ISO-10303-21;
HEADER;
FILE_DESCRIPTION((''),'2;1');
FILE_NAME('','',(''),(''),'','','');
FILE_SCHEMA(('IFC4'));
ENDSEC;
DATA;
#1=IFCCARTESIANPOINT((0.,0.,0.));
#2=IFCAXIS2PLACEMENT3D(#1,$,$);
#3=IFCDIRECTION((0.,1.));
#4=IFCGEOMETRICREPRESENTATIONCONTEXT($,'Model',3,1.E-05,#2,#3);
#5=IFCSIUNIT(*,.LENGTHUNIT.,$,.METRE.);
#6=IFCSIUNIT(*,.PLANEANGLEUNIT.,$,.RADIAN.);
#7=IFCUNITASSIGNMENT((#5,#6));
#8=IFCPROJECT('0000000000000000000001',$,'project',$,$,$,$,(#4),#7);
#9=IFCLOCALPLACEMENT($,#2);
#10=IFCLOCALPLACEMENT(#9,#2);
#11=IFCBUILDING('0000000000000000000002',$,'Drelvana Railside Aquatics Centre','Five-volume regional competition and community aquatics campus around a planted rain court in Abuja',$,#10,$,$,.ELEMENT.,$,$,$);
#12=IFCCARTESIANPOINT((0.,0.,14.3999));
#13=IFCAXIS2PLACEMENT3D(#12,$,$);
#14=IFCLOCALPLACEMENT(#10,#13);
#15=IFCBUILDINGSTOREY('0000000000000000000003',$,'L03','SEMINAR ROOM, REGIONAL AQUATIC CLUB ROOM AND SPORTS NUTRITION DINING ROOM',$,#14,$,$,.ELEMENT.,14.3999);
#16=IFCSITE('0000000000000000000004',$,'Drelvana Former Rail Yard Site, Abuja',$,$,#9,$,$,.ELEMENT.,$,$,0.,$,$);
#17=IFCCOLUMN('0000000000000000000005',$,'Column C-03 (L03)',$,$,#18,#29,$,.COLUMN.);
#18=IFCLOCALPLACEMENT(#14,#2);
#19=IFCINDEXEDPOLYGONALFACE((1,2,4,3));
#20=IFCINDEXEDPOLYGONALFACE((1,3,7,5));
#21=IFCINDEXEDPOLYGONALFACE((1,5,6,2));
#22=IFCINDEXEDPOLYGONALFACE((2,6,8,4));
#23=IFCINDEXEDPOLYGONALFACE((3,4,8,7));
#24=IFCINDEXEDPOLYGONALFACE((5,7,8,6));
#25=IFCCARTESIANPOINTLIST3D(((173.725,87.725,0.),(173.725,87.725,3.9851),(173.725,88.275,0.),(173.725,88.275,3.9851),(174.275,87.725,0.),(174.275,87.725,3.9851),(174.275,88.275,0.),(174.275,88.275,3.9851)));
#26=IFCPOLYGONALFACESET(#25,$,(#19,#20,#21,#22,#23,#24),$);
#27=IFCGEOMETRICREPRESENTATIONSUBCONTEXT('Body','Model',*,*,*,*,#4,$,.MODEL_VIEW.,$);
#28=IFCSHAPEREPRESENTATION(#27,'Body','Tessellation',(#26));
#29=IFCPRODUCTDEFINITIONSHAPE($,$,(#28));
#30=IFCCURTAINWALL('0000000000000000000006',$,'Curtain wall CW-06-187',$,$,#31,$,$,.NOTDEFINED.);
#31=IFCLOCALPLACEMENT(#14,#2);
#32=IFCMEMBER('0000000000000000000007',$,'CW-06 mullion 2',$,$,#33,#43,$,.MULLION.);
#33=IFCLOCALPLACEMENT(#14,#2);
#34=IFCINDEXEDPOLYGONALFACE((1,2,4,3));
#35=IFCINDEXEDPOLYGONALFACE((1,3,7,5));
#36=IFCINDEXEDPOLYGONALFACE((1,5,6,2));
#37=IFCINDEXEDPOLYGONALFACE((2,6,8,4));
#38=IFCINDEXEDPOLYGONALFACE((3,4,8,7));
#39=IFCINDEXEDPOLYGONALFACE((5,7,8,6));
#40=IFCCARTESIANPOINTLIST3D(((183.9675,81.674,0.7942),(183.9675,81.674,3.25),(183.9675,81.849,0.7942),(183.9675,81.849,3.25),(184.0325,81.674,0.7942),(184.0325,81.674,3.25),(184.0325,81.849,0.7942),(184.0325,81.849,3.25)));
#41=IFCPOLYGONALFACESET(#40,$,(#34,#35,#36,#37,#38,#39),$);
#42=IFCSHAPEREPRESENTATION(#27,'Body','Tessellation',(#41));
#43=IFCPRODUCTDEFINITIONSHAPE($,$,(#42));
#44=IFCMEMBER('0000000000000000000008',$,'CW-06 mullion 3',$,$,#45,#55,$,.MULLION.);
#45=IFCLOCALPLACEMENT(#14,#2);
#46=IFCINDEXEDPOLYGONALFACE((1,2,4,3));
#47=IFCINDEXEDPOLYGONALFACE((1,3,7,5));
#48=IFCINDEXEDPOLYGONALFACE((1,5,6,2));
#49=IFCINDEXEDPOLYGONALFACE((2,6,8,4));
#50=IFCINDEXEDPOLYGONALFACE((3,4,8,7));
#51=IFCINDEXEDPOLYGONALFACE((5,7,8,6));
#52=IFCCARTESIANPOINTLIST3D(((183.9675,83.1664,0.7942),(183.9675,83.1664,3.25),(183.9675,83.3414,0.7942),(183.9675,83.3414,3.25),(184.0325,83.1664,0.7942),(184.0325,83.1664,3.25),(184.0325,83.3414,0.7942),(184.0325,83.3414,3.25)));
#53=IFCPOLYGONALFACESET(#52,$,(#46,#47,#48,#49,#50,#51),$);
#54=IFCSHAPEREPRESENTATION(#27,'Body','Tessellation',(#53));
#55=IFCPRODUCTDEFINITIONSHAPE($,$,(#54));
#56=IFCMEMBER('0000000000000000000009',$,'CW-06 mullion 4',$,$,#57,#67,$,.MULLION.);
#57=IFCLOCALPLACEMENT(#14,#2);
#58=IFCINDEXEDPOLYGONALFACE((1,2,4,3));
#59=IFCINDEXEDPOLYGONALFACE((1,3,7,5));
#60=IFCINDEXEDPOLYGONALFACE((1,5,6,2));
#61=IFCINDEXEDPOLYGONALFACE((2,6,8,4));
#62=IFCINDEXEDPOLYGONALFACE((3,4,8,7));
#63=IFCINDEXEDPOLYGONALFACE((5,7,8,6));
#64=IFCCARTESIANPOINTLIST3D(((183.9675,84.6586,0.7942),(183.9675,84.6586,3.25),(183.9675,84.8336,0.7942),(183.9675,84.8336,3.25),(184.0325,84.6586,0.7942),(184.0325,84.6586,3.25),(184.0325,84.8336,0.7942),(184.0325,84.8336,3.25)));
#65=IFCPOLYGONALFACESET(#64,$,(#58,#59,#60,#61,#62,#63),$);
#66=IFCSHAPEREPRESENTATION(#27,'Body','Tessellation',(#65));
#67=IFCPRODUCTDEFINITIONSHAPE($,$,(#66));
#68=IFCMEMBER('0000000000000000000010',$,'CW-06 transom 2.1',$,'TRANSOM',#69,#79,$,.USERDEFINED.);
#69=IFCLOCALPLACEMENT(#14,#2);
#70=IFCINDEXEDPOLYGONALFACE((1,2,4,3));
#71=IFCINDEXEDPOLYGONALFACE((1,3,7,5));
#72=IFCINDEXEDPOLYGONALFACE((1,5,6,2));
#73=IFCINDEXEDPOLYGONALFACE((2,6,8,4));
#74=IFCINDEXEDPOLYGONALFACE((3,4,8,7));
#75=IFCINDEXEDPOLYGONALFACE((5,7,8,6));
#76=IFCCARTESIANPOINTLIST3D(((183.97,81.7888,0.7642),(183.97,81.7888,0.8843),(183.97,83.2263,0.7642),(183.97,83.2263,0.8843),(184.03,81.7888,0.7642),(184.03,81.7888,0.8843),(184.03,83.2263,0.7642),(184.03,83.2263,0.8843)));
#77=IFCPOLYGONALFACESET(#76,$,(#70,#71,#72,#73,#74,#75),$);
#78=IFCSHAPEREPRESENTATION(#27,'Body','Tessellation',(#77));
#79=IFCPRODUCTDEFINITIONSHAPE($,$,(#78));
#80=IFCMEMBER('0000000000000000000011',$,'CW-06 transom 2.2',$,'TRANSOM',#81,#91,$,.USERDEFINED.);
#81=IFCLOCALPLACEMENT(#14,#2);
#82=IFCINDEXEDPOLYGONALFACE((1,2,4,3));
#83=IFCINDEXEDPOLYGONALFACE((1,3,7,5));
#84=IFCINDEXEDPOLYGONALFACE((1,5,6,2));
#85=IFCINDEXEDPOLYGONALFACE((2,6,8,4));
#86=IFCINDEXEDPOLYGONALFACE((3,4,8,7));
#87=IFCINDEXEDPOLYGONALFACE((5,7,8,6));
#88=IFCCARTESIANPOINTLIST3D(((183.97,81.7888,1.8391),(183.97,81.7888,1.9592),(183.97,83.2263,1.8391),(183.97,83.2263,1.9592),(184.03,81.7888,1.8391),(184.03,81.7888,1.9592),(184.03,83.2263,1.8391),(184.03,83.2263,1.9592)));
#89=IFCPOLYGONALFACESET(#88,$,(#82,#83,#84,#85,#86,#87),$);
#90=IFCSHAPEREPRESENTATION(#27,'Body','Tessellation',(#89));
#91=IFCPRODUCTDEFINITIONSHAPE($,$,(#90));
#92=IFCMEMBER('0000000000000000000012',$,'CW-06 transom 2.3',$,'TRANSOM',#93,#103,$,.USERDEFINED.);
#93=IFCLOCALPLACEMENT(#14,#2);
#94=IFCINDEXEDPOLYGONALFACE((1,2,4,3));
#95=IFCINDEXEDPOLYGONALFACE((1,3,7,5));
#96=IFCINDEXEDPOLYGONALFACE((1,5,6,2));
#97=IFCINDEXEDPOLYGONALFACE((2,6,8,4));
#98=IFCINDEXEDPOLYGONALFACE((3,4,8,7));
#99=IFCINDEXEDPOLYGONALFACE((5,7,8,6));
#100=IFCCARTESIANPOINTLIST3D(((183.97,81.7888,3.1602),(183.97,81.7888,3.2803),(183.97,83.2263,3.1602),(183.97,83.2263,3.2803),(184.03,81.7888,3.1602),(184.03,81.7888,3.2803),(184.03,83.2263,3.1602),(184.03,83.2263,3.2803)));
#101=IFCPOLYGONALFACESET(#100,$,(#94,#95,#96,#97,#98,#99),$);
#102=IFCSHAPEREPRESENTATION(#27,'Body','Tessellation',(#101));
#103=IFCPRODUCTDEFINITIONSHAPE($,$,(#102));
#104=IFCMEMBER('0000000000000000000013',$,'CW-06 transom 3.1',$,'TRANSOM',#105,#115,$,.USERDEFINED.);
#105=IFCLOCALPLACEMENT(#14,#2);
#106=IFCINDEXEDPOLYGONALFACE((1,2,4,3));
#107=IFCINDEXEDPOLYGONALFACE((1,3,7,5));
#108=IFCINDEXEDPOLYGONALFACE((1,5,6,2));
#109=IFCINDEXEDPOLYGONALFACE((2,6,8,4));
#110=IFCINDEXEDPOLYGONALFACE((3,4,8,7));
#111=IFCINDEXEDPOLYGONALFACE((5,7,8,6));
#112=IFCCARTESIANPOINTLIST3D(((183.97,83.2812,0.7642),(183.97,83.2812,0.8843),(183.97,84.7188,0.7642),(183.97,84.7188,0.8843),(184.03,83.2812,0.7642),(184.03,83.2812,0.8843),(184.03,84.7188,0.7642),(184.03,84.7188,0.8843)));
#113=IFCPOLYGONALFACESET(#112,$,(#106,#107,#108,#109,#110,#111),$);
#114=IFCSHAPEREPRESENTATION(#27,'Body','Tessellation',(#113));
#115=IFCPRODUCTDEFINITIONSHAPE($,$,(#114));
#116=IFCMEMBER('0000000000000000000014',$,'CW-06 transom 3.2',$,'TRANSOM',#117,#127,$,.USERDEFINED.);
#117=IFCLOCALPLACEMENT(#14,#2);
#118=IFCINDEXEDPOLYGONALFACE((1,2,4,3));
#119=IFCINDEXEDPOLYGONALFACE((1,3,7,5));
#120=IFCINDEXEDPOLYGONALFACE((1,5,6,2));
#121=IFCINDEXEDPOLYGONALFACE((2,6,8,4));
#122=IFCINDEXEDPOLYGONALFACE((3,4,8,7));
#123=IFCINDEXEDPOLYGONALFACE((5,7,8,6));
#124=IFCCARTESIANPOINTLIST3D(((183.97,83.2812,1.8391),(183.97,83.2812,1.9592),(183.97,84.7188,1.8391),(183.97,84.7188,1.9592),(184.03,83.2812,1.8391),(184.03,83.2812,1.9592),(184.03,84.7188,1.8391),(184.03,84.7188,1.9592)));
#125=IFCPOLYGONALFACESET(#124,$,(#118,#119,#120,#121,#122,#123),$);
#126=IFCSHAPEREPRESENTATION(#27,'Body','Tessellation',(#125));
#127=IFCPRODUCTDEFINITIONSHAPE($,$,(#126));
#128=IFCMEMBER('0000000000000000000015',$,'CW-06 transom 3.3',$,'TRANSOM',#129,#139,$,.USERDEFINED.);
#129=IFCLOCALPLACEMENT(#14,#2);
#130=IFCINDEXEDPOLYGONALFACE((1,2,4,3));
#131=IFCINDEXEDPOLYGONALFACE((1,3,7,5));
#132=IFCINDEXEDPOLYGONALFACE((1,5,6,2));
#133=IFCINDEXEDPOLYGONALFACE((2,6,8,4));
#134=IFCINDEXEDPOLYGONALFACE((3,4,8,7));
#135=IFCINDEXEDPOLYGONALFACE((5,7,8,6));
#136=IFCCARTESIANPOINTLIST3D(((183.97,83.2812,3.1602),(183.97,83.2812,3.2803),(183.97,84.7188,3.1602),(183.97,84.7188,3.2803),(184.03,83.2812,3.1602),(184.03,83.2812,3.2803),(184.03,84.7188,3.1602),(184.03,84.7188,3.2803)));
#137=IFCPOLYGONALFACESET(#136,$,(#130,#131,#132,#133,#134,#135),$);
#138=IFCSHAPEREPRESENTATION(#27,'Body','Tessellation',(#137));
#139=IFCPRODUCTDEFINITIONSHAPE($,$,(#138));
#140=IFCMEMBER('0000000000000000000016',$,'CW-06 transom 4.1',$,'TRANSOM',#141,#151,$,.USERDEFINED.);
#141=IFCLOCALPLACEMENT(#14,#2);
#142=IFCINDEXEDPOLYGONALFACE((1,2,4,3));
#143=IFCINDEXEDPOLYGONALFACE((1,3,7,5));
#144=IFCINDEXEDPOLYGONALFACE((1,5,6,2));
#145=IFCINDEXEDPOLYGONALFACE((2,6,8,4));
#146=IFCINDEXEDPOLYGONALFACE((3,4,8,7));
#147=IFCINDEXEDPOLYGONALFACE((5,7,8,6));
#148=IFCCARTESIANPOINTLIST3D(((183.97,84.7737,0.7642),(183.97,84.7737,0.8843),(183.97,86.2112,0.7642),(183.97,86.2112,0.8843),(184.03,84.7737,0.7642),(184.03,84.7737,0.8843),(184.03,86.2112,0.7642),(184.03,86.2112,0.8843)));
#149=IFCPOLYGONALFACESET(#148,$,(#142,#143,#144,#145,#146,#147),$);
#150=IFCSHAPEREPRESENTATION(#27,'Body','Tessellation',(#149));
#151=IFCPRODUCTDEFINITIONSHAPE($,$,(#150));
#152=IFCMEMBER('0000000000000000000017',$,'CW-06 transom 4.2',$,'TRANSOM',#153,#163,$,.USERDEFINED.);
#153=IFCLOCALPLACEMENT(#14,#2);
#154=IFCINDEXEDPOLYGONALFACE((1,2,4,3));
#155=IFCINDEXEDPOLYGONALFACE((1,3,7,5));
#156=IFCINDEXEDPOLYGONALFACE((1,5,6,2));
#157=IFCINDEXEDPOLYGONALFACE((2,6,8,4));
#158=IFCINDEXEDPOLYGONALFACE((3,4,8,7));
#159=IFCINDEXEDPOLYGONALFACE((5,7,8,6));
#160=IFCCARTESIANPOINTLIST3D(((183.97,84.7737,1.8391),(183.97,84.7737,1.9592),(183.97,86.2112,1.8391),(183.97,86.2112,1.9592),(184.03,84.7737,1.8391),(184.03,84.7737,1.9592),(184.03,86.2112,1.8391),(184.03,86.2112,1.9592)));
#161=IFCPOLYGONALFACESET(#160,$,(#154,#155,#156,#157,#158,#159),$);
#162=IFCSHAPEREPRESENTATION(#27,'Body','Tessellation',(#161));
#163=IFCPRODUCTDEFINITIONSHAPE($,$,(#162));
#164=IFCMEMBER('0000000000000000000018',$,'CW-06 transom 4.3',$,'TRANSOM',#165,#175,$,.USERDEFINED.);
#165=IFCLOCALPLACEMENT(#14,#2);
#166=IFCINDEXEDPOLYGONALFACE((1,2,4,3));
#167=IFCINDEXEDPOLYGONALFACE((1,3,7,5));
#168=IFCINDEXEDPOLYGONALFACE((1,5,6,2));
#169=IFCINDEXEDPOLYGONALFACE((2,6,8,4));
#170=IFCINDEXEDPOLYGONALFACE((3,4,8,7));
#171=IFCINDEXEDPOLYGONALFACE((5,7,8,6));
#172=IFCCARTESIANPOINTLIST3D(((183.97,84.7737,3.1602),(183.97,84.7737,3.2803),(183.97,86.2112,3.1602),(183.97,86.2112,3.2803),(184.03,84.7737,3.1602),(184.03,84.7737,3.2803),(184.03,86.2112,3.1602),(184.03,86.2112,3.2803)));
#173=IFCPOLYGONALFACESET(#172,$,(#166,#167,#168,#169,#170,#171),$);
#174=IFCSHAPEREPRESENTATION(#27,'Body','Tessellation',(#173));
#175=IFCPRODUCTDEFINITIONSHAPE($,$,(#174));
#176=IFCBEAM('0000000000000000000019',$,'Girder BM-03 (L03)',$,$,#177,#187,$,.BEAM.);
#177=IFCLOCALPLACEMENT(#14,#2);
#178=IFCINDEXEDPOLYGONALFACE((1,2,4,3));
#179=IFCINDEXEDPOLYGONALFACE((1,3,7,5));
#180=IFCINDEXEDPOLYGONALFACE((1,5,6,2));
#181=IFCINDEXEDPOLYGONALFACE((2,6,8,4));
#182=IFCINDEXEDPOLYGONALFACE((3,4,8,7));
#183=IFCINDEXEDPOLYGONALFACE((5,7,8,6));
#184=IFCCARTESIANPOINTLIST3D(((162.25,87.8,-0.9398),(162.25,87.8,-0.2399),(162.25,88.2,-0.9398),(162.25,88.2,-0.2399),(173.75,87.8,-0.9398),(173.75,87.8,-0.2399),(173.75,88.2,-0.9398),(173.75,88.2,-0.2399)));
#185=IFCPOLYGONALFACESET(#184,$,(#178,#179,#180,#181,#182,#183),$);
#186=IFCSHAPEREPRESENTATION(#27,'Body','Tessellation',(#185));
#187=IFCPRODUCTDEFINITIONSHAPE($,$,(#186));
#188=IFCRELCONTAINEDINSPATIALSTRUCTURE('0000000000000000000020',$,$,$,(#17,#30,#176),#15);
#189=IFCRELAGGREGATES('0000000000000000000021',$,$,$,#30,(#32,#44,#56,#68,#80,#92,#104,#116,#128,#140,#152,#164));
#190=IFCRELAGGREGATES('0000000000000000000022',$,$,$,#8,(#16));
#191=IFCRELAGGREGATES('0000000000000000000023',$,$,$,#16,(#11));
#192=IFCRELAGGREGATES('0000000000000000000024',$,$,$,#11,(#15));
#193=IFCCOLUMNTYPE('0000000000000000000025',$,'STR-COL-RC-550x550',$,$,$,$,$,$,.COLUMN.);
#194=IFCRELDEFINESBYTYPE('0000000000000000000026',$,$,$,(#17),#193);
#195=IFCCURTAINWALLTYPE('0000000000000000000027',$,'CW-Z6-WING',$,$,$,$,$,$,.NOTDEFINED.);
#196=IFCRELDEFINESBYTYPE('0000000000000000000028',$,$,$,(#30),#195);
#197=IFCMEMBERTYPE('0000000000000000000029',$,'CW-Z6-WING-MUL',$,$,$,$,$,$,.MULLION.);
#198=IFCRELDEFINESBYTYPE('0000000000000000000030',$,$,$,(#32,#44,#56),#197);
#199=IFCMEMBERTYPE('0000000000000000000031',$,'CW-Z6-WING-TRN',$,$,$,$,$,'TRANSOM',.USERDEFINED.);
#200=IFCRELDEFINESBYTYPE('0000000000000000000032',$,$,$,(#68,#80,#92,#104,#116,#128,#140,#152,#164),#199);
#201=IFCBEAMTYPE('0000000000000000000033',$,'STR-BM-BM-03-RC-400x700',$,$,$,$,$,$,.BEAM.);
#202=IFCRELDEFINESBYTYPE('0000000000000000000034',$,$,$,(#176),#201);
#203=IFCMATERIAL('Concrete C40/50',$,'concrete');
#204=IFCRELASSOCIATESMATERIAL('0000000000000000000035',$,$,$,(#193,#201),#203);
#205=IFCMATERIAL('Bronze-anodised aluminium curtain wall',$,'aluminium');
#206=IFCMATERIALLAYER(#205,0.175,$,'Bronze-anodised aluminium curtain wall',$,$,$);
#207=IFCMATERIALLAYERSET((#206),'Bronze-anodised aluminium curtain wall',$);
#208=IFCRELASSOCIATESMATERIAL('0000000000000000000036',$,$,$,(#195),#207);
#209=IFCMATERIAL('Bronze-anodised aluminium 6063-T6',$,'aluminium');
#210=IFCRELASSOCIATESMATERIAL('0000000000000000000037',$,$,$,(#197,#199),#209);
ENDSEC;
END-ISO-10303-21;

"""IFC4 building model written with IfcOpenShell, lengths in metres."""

from ifc_helpers import new_model, si_unit, direction, frame, origin, origin_2d, place, context, subcontext, project, spatial, rectangle, extrude, material, layer, layer_set, material_profile, profile_set, type_object, element, aggregate, save


model = new_model("IFC4")

# Units and contexts
model_context = context("Model", 3, precision=1e-05, world=origin(), true_north=direction((0.0, 1.0)))
body_context = subcontext(model_context, "Body", "Model", "MODEL_VIEW")
ifc_project = project(units=[si_unit("LENGTHUNIT", "METRE"), si_unit("PLANEANGLEUNIT", "RADIAN")], contexts=[model_context])

# Site, building, storey
site_placement = place(None, origin())
site = spatial("IfcSite", under=ifc_project, at=site_placement, Name="Drelvana Former Rail Yard Site, Abuja", CompositionType="ELEMENT", RefElevation=0.0)
building_placement = place(site_placement, origin())
building = spatial("IfcBuilding", under=site, at=building_placement, Name="Drelvana Railside Aquatics Centre", Description="Five-volume regional competition and community aquatics campus around a planted rain court in Abuja", CompositionType="ELEMENT")
storey_placement = place(building_placement, frame((0.0, 0.0, 14.3999)))
storey = spatial("IfcBuildingStorey", under=building, at=storey_placement, Name="L03", Description="SEMINAR ROOM, REGIONAL AQUATIC CLUB ROOM AND SPORTS NUTRITION DINING ROOM", CompositionType="ELEMENT", Elevation=14.3999)

# Column
ifc_material_1 = material(Name="Concrete C40/50", Category="concrete")
ifc_material_profile_1 = material_profile(ifc_material_1, rectangle(XDim=0.55, YDim=0.55, at=origin_2d()), Name="RC 550x550")
ifc_profile_set_1 = profile_set([ifc_material_profile_1], Name="Concrete C40/50")
column_type = type_object("IfcColumnType", Name="STR-COL-RC-550x550", PredefinedType="COLUMN", material=ifc_profile_set_1)
column_placement = place(storey_placement, frame((174.0, 88.0, 0.0), z_axis=(0.0, 0.0, 1.0), x_axis=(1.0, 0.0, 0.0)))
element("IfcColumn", 1, at=column_placement, inside=storey, type_object=column_type, Name="Column C-03 (L03)", PredefinedType="COLUMN", context=body_context, shape_type="SweptSolid", body=[
    extrude(rectangle(XDim=0.55, YDim=0.55, at=origin_2d()), origin(), (0.0, 0.0, 1.0), 3.9851),
])

# Curtain wall, members
ifc_material_2 = material(Name="Bronze-anodised aluminium curtain wall", Category="aluminium")
ifc_layer_1 = layer(ifc_material_2, 0.175, Name="Bronze-anodised aluminium curtain wall")
ifc_layer_set_1 = layer_set([ifc_layer_1], Name="Bronze-anodised aluminium curtain wall")
curtain_wall_type = type_object("IfcCurtainWallType", Name="CW-Z6-WING", PredefinedType="NOTDEFINED", material=ifc_layer_set_1)
curtain_wall_placement = place(storey_placement, origin())
curtain_wall = element("IfcCurtainWall", 2, at=curtain_wall_placement, inside=storey, type_object=curtain_wall_type, Name="Curtain wall CW-06-187", PredefinedType="NOTDEFINED")
ifc_material_3 = material(Name="Bronze-anodised aluminium 6063-T6", Category="aluminium")
ifc_material_profile_2 = material_profile(ifc_material_3, rectangle(XDim=0.0649, YDim=0.175, at=origin_2d()), Name="ALU-M 65x175")
ifc_profile_set_2 = profile_set([ifc_material_profile_2], Name="Bronze-anodised aluminium 6063-T6")
member_type_1 = type_object("IfcMemberType", Name="CW-Z6-WING-MUL", PredefinedType="MULLION", material=ifc_profile_set_2)
member_1_placement = place(storey_placement, frame((184.0, 81.7615, 0.7942), z_axis=(0.0, 0.0, 1.0), x_axis=(-1.0, 0.0, 0.0)))
member_1 = element("IfcMember", 3, at=member_1_placement, type_object=member_type_1, Name="CW-06 mullion 2", PredefinedType="MULLION", context=body_context, shape_type="SweptSolid", body=[
    extrude(rectangle(XDim=0.0649, YDim=0.175, at=origin_2d()), origin(), (0.0, 0.0, 1.0), 2.4558),
])
member_2_placement = place(storey_placement, frame((184.0, 83.2539, 0.7942), z_axis=(0.0, 0.0, 1.0), x_axis=(-1.0, 0.0, 0.0)))
member_2 = element("IfcMember", 4, at=member_2_placement, type_object=member_type_1, Name="CW-06 mullion 3", PredefinedType="MULLION", context=body_context, shape_type="SweptSolid", body=[
    extrude(rectangle(XDim=0.0649, YDim=0.175, at=origin_2d()), origin(), (0.0, 0.0, 1.0), 2.4558),
])
member_3_placement = place(storey_placement, frame((184.0, 84.7461, 0.7942), z_axis=(0.0, 0.0, 1.0), x_axis=(-1.0, 0.0, 0.0)))
member_3 = element("IfcMember", 5, at=member_3_placement, type_object=member_type_1, Name="CW-06 mullion 4", PredefinedType="MULLION", context=body_context, shape_type="SweptSolid", body=[
    extrude(rectangle(XDim=0.0649, YDim=0.175, at=origin_2d()), origin(), (0.0, 0.0, 1.0), 2.4558),
])
ifc_material_profile_3 = material_profile(ifc_material_3, rectangle(XDim=0.1201, YDim=0.0601, at=origin_2d()), Name="ALU-T 60x120")
ifc_profile_set_3 = profile_set([ifc_material_profile_3], Name="Bronze-anodised aluminium 6063-T6")
member_type_2 = type_object("IfcMemberType", Name="CW-Z6-WING-TRN", ElementType="TRANSOM", PredefinedType="USERDEFINED", material=ifc_profile_set_3)
member_4_placement = place(storey_placement, frame((184.0, 81.7888, 0.8242), z_axis=(0.0, 1.0, 0.0), x_axis=(0.0, 0.0, 1.0)))
member_4 = element("IfcMember", 6, at=member_4_placement, type_object=member_type_2, Name="CW-06 transom 2.1", ObjectType="TRANSOM", PredefinedType="USERDEFINED", context=body_context, shape_type="SweptSolid", body=[
    extrude(rectangle(XDim=0.1201, YDim=0.0601, at=origin_2d()), origin(), (0.0, 0.0, 1.0), 1.4375),
])
member_5_placement = place(storey_placement, frame((184.0, 81.7888, 1.8992), z_axis=(0.0, 1.0, 0.0), x_axis=(0.0, 0.0, 1.0)))
member_5 = element("IfcMember", 7, at=member_5_placement, type_object=member_type_2, Name="CW-06 transom 2.2", ObjectType="TRANSOM", PredefinedType="USERDEFINED", context=body_context, shape_type="SweptSolid", body=[
    extrude(rectangle(XDim=0.1201, YDim=0.0601, at=origin_2d()), origin(), (0.0, 0.0, 1.0), 1.4375),
])
member_6_placement = place(storey_placement, frame((184.0, 81.7888, 3.2202), z_axis=(0.0, 1.0, 0.0), x_axis=(0.0, 0.0, 1.0)))
member_6 = element("IfcMember", 8, at=member_6_placement, type_object=member_type_2, Name="CW-06 transom 2.3", ObjectType="TRANSOM", PredefinedType="USERDEFINED", context=body_context, shape_type="SweptSolid", body=[
    extrude(rectangle(XDim=0.1201, YDim=0.0601, at=origin_2d()), origin(), (0.0, 0.0, 1.0), 1.4375),
])
member_7_placement = place(storey_placement, frame((184.0, 83.2812, 0.8242), z_axis=(0.0, 1.0, 0.0), x_axis=(0.0, 0.0, 1.0)))
member_7 = element("IfcMember", 9, at=member_7_placement, type_object=member_type_2, Name="CW-06 transom 3.1", ObjectType="TRANSOM", PredefinedType="USERDEFINED", context=body_context, shape_type="SweptSolid", body=[
    extrude(rectangle(XDim=0.1201, YDim=0.0601, at=origin_2d()), origin(), (0.0, 0.0, 1.0), 1.4375),
])
member_8_placement = place(storey_placement, frame((184.0, 83.2812, 1.8992), z_axis=(0.0, 1.0, 0.0), x_axis=(0.0, 0.0, 1.0)))
member_8 = element("IfcMember", 10, at=member_8_placement, type_object=member_type_2, Name="CW-06 transom 3.2", ObjectType="TRANSOM", PredefinedType="USERDEFINED", context=body_context, shape_type="SweptSolid", body=[
    extrude(rectangle(XDim=0.1201, YDim=0.0601, at=origin_2d()), origin(), (0.0, 0.0, 1.0), 1.4375),
])
member_9_placement = place(storey_placement, frame((184.0, 83.2812, 3.2202), z_axis=(0.0, 1.0, 0.0), x_axis=(0.0, 0.0, 1.0)))
member_9 = element("IfcMember", 11, at=member_9_placement, type_object=member_type_2, Name="CW-06 transom 3.3", ObjectType="TRANSOM", PredefinedType="USERDEFINED", context=body_context, shape_type="SweptSolid", body=[
    extrude(rectangle(XDim=0.1201, YDim=0.0601, at=origin_2d()), origin(), (0.0, 0.0, 1.0), 1.4375),
])
member_10_placement = place(storey_placement, frame((184.0, 84.7737, 0.8242), z_axis=(0.0, 1.0, 0.0), x_axis=(0.0, 0.0, 1.0)))
member_10 = element("IfcMember", 12, at=member_10_placement, type_object=member_type_2, Name="CW-06 transom 4.1", ObjectType="TRANSOM", PredefinedType="USERDEFINED", context=body_context, shape_type="SweptSolid", body=[
    extrude(rectangle(XDim=0.1201, YDim=0.0601, at=origin_2d()), origin(), (0.0, 0.0, 1.0), 1.4375),
])
member_11_placement = place(storey_placement, frame((184.0, 84.7737, 1.8992), z_axis=(0.0, 1.0, 0.0), x_axis=(0.0, 0.0, 1.0)))
member_11 = element("IfcMember", 13, at=member_11_placement, type_object=member_type_2, Name="CW-06 transom 4.2", ObjectType="TRANSOM", PredefinedType="USERDEFINED", context=body_context, shape_type="SweptSolid", body=[
    extrude(rectangle(XDim=0.1201, YDim=0.0601, at=origin_2d()), origin(), (0.0, 0.0, 1.0), 1.4375),
])
member_12_placement = place(storey_placement, frame((184.0, 84.7737, 3.2202), z_axis=(0.0, 1.0, 0.0), x_axis=(0.0, 0.0, 1.0)))
member_12 = element("IfcMember", 14, at=member_12_placement, type_object=member_type_2, Name="CW-06 transom 4.3", ObjectType="TRANSOM", PredefinedType="USERDEFINED", context=body_context, shape_type="SweptSolid", body=[
    extrude(rectangle(XDim=0.1201, YDim=0.0601, at=origin_2d()), origin(), (0.0, 0.0, 1.0), 1.4375),
])

# Beam
ifc_material_profile_4 = material_profile(ifc_material_1, rectangle(XDim=0.3999, YDim=0.7, at=origin_2d()), Name="RC 400x700")
ifc_profile_set_4 = profile_set([ifc_material_profile_4], Name="Concrete C40/50")
beam_type_1 = type_object("IfcBeamType", Name="STR-BM-BM-03-RC-400x700", PredefinedType="BEAM", material=ifc_profile_set_4)
beam_1_placement = place(storey_placement, frame((162.25, 88.0, -0.5898), z_axis=(1.0, 0.0, 0.0), x_axis=(0.0, 1.0, 0.0)))
element("IfcBeam", 15, at=beam_1_placement, inside=storey, type_object=beam_type_1, Name="Girder BM-03 (L03)", PredefinedType="BEAM", context=body_context, shape_type="SweptSolid", body=[
    extrude(rectangle(XDim=0.3999, YDim=0.7, at=origin_2d()), origin(), (0.0, 0.0, 1.0), 11.5),
])

aggregate(curtain_wall, [member_1, member_2, member_3, member_4, member_5, member_6, member_7, member_8, member_9, member_10, member_11, member_12])

save(model, "model.ifc")
